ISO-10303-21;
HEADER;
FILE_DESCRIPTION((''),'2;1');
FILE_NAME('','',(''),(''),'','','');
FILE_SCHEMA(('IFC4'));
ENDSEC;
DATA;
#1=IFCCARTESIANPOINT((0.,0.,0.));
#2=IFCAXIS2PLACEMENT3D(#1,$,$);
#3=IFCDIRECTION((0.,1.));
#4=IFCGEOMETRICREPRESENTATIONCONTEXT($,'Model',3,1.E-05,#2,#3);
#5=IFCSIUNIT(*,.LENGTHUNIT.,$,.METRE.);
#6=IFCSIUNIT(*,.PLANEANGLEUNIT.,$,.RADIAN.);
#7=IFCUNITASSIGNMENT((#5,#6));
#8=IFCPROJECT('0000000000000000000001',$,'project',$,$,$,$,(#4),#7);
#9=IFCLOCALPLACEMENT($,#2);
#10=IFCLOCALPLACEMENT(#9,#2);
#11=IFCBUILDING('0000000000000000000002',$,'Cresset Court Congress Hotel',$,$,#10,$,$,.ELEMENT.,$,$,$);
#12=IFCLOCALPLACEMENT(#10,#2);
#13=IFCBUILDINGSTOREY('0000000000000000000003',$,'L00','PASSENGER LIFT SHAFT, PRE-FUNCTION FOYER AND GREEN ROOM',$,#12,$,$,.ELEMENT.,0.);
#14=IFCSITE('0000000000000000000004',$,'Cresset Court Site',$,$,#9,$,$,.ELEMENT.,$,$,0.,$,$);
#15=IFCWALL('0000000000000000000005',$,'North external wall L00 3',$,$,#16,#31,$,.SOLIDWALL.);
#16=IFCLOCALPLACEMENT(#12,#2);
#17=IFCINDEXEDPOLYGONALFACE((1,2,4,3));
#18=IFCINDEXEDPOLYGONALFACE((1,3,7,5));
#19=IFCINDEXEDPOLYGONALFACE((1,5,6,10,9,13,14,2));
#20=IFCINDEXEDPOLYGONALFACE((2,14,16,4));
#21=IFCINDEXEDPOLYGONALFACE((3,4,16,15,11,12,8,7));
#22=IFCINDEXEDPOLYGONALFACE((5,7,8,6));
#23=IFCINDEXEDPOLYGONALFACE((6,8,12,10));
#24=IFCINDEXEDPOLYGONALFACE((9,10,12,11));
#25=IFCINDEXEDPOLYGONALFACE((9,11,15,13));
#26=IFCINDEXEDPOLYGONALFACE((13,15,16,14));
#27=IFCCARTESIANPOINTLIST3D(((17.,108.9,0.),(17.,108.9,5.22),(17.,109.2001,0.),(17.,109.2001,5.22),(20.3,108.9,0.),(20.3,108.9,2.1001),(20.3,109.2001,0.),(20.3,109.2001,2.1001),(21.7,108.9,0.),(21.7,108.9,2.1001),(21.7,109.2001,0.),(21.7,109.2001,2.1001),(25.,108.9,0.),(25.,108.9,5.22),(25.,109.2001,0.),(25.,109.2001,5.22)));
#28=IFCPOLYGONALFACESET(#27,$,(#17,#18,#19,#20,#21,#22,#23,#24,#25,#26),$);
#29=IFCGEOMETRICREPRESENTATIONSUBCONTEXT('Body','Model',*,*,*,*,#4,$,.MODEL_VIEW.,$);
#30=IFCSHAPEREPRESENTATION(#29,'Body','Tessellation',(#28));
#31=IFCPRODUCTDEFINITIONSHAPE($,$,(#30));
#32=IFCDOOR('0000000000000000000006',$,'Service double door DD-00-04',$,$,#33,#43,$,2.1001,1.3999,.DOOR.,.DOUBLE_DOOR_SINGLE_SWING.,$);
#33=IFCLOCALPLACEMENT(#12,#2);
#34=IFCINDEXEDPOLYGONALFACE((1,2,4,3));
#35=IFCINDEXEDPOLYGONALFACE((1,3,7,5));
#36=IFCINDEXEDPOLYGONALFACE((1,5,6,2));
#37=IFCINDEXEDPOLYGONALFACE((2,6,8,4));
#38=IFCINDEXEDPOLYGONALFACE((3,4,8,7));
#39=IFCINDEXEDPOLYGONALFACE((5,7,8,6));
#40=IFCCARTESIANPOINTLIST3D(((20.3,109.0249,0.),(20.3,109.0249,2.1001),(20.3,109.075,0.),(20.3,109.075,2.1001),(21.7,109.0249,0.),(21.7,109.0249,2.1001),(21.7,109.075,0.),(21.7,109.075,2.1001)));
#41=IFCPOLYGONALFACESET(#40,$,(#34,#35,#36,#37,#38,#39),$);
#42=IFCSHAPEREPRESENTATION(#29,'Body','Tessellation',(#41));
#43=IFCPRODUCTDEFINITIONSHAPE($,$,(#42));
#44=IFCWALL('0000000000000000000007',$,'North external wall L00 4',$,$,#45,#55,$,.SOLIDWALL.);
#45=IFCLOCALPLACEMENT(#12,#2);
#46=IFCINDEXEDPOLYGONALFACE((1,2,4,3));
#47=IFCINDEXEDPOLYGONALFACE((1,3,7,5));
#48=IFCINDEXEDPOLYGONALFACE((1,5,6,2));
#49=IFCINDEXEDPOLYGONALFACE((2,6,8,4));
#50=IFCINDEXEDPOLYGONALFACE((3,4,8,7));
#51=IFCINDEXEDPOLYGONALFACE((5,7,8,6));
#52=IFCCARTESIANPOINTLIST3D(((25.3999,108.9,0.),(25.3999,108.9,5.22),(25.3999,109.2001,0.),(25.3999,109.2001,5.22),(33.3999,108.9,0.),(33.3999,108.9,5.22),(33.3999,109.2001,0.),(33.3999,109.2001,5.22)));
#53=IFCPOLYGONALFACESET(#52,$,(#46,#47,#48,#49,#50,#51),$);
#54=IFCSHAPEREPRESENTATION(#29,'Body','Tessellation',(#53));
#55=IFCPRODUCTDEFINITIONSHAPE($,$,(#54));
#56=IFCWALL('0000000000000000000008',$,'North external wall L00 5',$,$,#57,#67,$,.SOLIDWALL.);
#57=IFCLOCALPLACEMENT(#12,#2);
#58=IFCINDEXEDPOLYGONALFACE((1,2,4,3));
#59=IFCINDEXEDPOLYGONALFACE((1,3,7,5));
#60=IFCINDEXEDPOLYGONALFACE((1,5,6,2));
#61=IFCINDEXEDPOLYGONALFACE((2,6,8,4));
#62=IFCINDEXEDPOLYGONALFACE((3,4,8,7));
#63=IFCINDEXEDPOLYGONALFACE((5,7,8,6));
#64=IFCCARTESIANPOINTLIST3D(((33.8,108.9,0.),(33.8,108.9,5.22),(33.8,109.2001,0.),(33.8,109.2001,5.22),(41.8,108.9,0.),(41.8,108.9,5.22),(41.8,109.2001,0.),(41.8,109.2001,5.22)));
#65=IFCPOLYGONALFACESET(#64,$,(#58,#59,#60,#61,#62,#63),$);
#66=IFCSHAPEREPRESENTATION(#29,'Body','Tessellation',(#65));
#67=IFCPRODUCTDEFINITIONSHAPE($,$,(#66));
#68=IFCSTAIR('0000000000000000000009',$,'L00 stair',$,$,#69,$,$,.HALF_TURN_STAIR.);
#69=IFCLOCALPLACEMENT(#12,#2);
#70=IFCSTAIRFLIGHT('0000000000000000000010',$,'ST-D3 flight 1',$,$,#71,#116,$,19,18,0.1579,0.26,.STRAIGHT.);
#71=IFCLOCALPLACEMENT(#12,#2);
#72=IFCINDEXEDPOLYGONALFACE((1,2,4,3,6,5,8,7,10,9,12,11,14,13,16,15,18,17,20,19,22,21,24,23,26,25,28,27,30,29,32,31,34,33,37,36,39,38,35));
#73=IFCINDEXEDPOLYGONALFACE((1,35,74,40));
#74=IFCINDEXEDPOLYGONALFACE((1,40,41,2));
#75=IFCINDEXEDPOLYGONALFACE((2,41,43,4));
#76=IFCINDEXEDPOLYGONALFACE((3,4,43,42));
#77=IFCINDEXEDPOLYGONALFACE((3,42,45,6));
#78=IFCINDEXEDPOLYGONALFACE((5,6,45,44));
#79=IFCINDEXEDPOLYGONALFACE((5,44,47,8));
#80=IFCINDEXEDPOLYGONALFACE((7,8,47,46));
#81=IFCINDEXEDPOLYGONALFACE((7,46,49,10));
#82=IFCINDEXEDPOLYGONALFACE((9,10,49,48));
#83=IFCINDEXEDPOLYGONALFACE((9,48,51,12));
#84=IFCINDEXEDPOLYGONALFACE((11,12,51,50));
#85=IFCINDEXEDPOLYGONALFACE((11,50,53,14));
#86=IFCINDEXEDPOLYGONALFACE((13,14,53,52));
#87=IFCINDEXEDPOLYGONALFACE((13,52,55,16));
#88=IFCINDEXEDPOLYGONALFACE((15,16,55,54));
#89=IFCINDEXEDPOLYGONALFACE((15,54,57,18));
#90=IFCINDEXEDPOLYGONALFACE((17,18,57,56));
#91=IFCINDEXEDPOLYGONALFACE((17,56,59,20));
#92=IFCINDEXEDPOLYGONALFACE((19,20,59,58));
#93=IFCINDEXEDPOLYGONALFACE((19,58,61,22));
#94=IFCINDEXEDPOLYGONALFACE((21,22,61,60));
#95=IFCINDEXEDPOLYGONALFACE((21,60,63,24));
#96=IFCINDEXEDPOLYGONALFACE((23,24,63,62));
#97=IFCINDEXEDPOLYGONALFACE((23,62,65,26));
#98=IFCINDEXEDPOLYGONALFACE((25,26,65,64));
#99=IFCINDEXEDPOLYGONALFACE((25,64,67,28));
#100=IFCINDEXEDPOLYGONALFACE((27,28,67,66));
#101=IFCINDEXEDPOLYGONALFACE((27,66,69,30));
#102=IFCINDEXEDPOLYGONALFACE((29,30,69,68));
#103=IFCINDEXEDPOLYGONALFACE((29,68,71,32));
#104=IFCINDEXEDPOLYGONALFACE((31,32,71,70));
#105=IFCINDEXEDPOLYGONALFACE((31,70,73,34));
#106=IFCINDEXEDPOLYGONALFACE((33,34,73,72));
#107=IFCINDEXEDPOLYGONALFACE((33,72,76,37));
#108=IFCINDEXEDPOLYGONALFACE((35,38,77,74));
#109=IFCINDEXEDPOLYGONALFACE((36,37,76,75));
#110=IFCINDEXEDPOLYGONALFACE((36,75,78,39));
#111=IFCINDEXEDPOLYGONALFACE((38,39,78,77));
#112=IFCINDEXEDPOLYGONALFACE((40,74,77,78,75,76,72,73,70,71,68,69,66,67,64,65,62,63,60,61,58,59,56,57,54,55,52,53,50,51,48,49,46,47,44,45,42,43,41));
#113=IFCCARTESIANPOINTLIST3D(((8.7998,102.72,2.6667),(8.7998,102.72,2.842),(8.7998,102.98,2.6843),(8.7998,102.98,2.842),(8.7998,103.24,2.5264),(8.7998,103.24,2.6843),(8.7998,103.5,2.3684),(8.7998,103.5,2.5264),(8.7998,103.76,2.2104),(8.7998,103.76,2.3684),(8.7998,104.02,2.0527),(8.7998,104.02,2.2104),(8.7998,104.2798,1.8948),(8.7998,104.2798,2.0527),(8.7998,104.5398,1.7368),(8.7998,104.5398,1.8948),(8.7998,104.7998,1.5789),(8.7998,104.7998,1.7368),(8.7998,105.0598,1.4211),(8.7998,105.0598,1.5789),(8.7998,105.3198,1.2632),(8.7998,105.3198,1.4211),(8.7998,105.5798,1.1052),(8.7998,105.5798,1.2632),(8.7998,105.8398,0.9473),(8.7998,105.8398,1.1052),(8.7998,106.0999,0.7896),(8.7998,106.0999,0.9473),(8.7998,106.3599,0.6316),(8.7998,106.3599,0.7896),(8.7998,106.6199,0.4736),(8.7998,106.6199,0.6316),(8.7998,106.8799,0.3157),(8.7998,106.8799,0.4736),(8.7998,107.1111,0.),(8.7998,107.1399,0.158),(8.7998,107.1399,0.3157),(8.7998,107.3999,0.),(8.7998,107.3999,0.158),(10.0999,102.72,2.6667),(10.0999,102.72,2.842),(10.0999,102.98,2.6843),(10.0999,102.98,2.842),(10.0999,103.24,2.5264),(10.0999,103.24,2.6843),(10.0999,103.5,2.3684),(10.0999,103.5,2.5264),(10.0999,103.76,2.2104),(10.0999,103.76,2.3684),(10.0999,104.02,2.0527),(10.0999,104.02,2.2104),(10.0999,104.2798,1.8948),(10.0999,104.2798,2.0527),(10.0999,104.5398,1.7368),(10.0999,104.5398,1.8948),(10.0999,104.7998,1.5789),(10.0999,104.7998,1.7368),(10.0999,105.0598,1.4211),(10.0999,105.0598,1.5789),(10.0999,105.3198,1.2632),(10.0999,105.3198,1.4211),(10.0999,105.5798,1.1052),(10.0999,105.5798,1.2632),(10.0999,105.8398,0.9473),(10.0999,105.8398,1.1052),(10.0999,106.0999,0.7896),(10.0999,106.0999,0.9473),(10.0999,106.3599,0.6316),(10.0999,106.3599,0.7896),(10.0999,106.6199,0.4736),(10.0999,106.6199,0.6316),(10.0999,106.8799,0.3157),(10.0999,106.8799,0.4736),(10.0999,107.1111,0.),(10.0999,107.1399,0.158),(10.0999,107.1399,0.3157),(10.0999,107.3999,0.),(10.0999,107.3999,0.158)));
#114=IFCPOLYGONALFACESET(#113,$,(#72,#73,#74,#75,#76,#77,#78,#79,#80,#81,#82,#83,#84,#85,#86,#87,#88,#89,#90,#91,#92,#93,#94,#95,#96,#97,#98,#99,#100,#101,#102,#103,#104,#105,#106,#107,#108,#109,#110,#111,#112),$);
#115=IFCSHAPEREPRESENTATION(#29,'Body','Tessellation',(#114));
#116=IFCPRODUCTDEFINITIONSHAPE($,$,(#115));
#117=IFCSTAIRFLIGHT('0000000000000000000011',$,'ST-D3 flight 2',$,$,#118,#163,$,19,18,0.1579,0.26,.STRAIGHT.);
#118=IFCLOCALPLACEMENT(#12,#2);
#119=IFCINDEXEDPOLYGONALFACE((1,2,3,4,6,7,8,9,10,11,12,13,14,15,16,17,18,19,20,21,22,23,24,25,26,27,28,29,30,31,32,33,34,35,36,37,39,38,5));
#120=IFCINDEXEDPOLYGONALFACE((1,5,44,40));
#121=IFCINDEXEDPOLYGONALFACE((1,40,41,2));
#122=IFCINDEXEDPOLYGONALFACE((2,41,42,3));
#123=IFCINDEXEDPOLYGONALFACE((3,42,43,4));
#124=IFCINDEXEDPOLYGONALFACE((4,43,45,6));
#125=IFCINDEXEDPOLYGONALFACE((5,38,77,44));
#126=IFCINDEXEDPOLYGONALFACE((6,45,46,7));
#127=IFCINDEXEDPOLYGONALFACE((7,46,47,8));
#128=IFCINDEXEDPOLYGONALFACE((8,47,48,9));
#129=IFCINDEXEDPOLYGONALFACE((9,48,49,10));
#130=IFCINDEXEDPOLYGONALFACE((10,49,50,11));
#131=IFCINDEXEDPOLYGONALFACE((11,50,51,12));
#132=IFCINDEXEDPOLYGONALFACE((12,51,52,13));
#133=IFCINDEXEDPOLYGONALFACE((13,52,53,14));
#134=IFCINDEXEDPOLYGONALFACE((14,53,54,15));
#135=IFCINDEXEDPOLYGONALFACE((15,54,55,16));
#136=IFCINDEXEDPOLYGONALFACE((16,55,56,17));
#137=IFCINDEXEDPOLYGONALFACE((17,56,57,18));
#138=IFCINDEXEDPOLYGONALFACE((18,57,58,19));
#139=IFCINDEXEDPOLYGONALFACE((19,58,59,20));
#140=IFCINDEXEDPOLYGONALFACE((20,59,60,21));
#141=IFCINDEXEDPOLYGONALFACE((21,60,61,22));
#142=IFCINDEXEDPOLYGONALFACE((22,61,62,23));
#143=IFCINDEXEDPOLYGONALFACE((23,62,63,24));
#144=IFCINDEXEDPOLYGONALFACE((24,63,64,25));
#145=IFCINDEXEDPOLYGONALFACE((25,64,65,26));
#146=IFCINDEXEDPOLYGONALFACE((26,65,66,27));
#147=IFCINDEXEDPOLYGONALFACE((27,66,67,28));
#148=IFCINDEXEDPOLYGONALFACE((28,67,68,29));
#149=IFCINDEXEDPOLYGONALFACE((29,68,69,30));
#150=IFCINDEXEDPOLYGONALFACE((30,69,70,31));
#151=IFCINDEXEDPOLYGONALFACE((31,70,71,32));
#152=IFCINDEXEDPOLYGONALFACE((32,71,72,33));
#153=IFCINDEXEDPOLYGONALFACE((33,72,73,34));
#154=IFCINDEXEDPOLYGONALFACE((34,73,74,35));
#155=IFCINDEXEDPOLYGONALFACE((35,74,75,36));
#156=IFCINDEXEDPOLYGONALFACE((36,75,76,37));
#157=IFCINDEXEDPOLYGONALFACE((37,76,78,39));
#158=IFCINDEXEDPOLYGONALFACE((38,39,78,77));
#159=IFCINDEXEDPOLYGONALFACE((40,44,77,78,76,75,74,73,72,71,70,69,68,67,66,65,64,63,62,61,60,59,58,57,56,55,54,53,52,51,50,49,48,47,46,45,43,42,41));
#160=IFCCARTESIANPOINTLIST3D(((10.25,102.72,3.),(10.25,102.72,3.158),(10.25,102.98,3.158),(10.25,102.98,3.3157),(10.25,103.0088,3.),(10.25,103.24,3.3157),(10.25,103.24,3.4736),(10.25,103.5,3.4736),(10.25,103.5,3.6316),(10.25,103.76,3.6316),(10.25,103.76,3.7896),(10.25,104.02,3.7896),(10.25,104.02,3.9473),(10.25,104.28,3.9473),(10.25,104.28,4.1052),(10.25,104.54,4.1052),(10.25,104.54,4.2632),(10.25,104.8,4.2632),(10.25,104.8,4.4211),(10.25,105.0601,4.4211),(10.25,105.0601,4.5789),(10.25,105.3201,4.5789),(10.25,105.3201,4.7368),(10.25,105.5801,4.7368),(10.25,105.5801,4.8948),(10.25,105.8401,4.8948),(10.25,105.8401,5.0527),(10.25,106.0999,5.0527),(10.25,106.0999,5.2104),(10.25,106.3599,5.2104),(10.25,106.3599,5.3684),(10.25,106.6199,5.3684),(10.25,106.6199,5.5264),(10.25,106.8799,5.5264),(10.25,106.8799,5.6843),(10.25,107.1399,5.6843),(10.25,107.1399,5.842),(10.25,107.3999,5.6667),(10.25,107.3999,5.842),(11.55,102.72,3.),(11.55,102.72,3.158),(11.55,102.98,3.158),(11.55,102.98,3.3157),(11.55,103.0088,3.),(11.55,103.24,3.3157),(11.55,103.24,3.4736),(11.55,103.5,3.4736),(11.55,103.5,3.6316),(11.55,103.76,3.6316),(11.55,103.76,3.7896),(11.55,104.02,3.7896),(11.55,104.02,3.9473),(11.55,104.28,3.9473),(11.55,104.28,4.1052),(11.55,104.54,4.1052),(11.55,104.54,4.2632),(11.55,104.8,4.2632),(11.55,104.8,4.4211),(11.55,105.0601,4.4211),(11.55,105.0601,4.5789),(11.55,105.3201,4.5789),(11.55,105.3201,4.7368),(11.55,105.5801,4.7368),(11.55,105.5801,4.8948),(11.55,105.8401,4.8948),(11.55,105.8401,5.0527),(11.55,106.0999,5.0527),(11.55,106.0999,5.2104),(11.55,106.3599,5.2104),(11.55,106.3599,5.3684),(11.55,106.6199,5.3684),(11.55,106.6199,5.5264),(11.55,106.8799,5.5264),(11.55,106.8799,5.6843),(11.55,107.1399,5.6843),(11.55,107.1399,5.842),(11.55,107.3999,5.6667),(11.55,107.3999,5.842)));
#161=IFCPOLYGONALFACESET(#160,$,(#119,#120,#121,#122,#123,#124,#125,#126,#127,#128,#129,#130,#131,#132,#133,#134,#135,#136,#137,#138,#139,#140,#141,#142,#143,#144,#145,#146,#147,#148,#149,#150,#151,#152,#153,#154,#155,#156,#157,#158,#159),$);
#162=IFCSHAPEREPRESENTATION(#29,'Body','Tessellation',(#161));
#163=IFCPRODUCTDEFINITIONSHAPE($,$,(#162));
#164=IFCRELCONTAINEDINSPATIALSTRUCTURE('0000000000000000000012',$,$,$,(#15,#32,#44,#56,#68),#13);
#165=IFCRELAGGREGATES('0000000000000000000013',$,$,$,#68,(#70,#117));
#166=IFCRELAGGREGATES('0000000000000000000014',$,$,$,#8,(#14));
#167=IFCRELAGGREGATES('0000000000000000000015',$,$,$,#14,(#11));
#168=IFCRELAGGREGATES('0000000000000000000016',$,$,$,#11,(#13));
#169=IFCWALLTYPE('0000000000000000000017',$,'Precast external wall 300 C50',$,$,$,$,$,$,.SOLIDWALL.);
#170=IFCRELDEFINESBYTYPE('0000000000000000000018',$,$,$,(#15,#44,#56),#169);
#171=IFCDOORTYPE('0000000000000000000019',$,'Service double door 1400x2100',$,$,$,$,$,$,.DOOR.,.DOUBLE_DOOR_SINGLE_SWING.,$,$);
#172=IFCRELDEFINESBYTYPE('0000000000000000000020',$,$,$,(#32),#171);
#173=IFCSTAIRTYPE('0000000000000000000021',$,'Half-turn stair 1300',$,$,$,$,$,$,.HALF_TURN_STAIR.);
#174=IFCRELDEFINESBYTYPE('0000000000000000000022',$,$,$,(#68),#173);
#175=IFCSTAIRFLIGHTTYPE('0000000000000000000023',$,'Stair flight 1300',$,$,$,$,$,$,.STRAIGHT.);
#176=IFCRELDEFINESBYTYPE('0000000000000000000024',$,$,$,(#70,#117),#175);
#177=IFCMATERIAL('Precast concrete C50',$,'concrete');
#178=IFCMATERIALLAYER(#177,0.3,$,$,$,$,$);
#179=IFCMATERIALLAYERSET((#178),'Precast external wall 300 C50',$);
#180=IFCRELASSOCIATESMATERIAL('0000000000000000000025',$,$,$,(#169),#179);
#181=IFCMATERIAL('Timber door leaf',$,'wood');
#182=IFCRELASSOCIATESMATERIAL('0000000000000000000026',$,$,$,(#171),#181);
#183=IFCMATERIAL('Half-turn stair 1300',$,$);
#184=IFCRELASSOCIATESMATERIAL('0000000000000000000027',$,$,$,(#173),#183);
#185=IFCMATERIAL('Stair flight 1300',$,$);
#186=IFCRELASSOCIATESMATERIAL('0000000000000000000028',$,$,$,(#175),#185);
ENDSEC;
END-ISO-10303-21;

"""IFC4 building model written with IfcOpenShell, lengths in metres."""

from ifc_helpers import new_model, si_unit, direction, frame, frame_2d, origin, place, context, subcontext, project, spatial, polyline, rectangle, outline, extrude, material, layer, layer_set, type_object, element, fill, aggregate, save


model = new_model("IFC4")

# Units and contexts
model_context = context("Model", 3, precision=1e-05, world=origin(), true_north=direction((0.0, 1.0)))
body_context = subcontext(model_context, "Body", "Model", "MODEL_VIEW")
ifc_project = project(units=[si_unit("LENGTHUNIT", "METRE"), si_unit("PLANEANGLEUNIT", "RADIAN")], contexts=[model_context])

# Site, building, storey
site_placement = place(None, origin())
site = spatial("IfcSite", under=ifc_project, at=site_placement, Name="Cresset Court Site", CompositionType="ELEMENT", RefElevation=0.0)
building_placement = place(site_placement, origin())
building = spatial("IfcBuilding", under=site, at=building_placement, Name="Cresset Court Congress Hotel", CompositionType="ELEMENT")
storey_placement = place(building_placement, origin())
storey = spatial("IfcBuildingStorey", under=building, at=storey_placement, Name="L00", Description="PASSENGER LIFT SHAFT, PRE-FUNCTION FOYER AND GREEN ROOM", CompositionType="ELEMENT", Elevation=0.0)

# Shared definitions
ifc_material_1 = material(Name="Precast concrete C50", Category="concrete")
ifc_layer = layer(ifc_material_1, 0.3)
ifc_layer_set = layer_set([ifc_layer], Name="Precast external wall 300 C50")
wall_type = type_object("IfcWallType", Name="Precast external wall 300 C50", PredefinedType="SOLIDWALL", material=ifc_layer_set)

# Wall, opening, door
wall_1_placement = place(storey_placement, frame((17.0, 109.05, 0.0), z_axis=(0.0, 0.0, 1.0), x_axis=(1.0, 0.0, 0.0)))
wall_1 = element("IfcWall", 1, at=wall_1_placement, inside=storey, type_object=wall_type, Name="North external wall L00 3", PredefinedType="SOLIDWALL", context=body_context, shape_type="SweptSolid", body=[
    extrude(rectangle(XDim=8.0, YDim=0.3, at=frame_2d((4.0, 0.0))), origin(), (0.0, 0.0, 1.0), 5.22),
])
opening_1_placement = place(wall_1_placement, frame((3.3, 0.0, 0.0)))
opening_1 = element("IfcOpeningElement", 2, at=opening_1_placement, cuts=wall_1, PredefinedType="OPENING", context=body_context, shape_type="SweptSolid", body=[
    extrude(rectangle(XDim=1.3999, YDim=2.1001, at=frame_2d((0.7, 1.05))), frame((0.0, 0.1599, 0.0), z_axis=(0.0, -1.0, 0.0), x_axis=(1.0, 0.0, 0.0)), (0.0, 0.0, 1.0), 0.3201),
])
ifc_material_2 = material(Name="Timber door leaf", Category="wood")
door_type = type_object("IfcDoorType", Name="Service double door 1400x2100", OperationType="DOUBLE_DOOR_SINGLE_SWING", PredefinedType="DOOR", material=ifc_material_2)
door_placement = place(opening_1_placement, origin())
door = element("IfcDoor", 3, at=door_placement, inside=storey, type_object=door_type, Name="Service double door DD-00-04", OperationType="DOUBLE_DOOR_SINGLE_SWING", OverallHeight=2.1001, OverallWidth=1.3999, PredefinedType="DOOR", context=body_context, shape_type="SweptSolid", body=[
    extrude(rectangle(XDim=1.3999, YDim=2.1001, at=frame_2d((0.7, 1.05))), frame((0.0, 0.0249, 0.0), z_axis=(0.0, -1.0, 0.0), x_axis=(1.0, 0.0, 0.0)), (0.0, 0.0, 1.0), 0.05),
])
fill(opening_1, door)

# Walls
for number, where, z_axis, x_axis, name in (
    (4, (25.3999, 109.05, 0.0), (0.0, 0.0, 1.0), (1.0, 0.0, 0.0), "North external wall L00 4"),
    (5, (33.8, 109.05, 0.0), (0.0, 0.0, 1.0), (1.0, 0.0, 0.0), "North external wall L00 5"),
):
    element("IfcWall", number, at=place(storey_placement, frame(where, z_axis=z_axis, x_axis=x_axis)), inside=storey, type_object=wall_type, Name=name, PredefinedType="SOLIDWALL", context=body_context, shape_type="SweptSolid", body=[
        extrude(rectangle(XDim=8.0, YDim=0.3, at=frame_2d((4.0, 0.0))), origin(), (0.0, 0.0, 1.0), 5.22),
    ])

# Stair, stair flights
ifc_material_3 = material(Name="Half-turn stair 1300")
stair_type = type_object("IfcStairType", Name="Half-turn stair 1300", PredefinedType="HALF_TURN_STAIR", material=ifc_material_3)
stair_placement = place(storey_placement, origin())
stair = element("IfcStair", 6, at=stair_placement, inside=storey, type_object=stair_type, Name="L00 stair", PredefinedType="HALF_TURN_STAIR")
ifc_material_4 = material(Name="Stair flight 1300")
stair_flight_type = type_object("IfcStairFlightType", Name="Stair flight 1300", PredefinedType="STRAIGHT", material=ifc_material_4)
stair_flight_1_placement = place(storey_placement, frame((9.45, 107.3999, 0.0), z_axis=(0.0, 0.0, 1.0), x_axis=(0.0, -1.0, 0.0)))
stair_flight_1 = element("IfcStairFlight", 7, at=stair_flight_1_placement, type_object=stair_flight_type, Name="ST-D3 flight 1", NumberOfRisers=19, NumberOfTreads=18, PredefinedType="STRAIGHT", RiserHeight=0.1579, TreadLength=0.26, context=body_context, shape_type="SweptSolid", body=[
    extrude(outline(polyline([(0.0, 0.0), (0.0, 0.158), (0.26, 0.158), (0.26, 0.3157), (0.52, 0.3157), (0.52, 0.4736), (0.78, 0.4736), (0.78, 0.6316), (1.04, 0.6316), (1.04, 0.7896), (1.3, 0.7896), (1.3, 0.9473), (1.5601, 0.9473), (1.5601, 1.1052), (1.8201, 1.1052), (1.8201, 1.2632), (2.0801, 1.2632), (2.0801, 1.4211), (2.3401, 1.4211), (2.3401, 1.5789), (2.6001, 1.5789), (2.6001, 1.7368), (2.8601, 1.7368), (2.8601, 1.8948), (3.1201, 1.8948), (3.1201, 2.0527), (3.3799, 2.0527), (3.3799, 2.2104), (3.6399, 2.2104), (3.6399, 2.3684), (3.8999, 2.3684), (3.8999, 2.5264), (4.1599, 2.5264), (4.1599, 2.6843), (4.4199, 2.6843), (4.4199, 2.842), (4.6799, 2.842), (4.6799, 3.0), (4.6799, 2.6667), (0.2888, 0.0), (0.0, 0.0)])), frame((0.0, 0.6499, 0.0), z_axis=(0.0, -1.0, 0.0), x_axis=(1.0, 0.0, 0.0)), (0.0, 0.0, 1.0), 1.3),
])
stair_flight_2_placement = place(storey_placement, frame((10.8999, 102.72, 3.0), z_axis=(0.0, 0.0, 1.0), x_axis=(0.0, 1.0, 0.0)))
stair_flight_2 = element("IfcStairFlight", 8, at=stair_flight_2_placement, type_object=stair_flight_type, Name="ST-D3 flight 2", NumberOfRisers=19, NumberOfTreads=18, PredefinedType="STRAIGHT", RiserHeight=0.1579, TreadLength=0.26, context=body_context, shape_type="SweptSolid", body=[
    extrude(outline(polyline([(0.0, 0.0), (0.0, 0.158), (0.26, 0.158), (0.26, 0.3157), (0.52, 0.3157), (0.52, 0.4736), (0.78, 0.4736), (0.78, 0.6316), (1.04, 0.6316), (1.04, 0.7896), (1.3, 0.7896), (1.3, 0.9473), (1.5601, 0.9473), (1.5601, 1.1052), (1.8201, 1.1052), (1.8201, 1.2632), (2.0801, 1.2632), (2.0801, 1.4211), (2.3401, 1.4211), (2.3401, 1.5789), (2.6001, 1.5789), (2.6001, 1.7368), (2.8601, 1.7368), (2.8601, 1.8948), (3.1201, 1.8948), (3.1201, 2.0527), (3.3799, 2.0527), (3.3799, 2.2104), (3.6399, 2.2104), (3.6399, 2.3684), (3.8999, 2.3684), (3.8999, 2.5264), (4.1599, 2.5264), (4.1599, 2.6843), (4.4199, 2.6843), (4.4199, 2.842), (4.6799, 2.842), (4.6799, 3.0), (4.6799, 2.6667), (0.2888, 0.0), (0.0, 0.0)])), frame((0.0, 0.6499, 0.0), z_axis=(0.0, -1.0, 0.0), x_axis=(1.0, 0.0, 0.0)), (0.0, 0.0, 1.0), 1.3),
])
aggregate(stair, [stair_flight_1, stair_flight_2])

save(model, "model.ifc")
